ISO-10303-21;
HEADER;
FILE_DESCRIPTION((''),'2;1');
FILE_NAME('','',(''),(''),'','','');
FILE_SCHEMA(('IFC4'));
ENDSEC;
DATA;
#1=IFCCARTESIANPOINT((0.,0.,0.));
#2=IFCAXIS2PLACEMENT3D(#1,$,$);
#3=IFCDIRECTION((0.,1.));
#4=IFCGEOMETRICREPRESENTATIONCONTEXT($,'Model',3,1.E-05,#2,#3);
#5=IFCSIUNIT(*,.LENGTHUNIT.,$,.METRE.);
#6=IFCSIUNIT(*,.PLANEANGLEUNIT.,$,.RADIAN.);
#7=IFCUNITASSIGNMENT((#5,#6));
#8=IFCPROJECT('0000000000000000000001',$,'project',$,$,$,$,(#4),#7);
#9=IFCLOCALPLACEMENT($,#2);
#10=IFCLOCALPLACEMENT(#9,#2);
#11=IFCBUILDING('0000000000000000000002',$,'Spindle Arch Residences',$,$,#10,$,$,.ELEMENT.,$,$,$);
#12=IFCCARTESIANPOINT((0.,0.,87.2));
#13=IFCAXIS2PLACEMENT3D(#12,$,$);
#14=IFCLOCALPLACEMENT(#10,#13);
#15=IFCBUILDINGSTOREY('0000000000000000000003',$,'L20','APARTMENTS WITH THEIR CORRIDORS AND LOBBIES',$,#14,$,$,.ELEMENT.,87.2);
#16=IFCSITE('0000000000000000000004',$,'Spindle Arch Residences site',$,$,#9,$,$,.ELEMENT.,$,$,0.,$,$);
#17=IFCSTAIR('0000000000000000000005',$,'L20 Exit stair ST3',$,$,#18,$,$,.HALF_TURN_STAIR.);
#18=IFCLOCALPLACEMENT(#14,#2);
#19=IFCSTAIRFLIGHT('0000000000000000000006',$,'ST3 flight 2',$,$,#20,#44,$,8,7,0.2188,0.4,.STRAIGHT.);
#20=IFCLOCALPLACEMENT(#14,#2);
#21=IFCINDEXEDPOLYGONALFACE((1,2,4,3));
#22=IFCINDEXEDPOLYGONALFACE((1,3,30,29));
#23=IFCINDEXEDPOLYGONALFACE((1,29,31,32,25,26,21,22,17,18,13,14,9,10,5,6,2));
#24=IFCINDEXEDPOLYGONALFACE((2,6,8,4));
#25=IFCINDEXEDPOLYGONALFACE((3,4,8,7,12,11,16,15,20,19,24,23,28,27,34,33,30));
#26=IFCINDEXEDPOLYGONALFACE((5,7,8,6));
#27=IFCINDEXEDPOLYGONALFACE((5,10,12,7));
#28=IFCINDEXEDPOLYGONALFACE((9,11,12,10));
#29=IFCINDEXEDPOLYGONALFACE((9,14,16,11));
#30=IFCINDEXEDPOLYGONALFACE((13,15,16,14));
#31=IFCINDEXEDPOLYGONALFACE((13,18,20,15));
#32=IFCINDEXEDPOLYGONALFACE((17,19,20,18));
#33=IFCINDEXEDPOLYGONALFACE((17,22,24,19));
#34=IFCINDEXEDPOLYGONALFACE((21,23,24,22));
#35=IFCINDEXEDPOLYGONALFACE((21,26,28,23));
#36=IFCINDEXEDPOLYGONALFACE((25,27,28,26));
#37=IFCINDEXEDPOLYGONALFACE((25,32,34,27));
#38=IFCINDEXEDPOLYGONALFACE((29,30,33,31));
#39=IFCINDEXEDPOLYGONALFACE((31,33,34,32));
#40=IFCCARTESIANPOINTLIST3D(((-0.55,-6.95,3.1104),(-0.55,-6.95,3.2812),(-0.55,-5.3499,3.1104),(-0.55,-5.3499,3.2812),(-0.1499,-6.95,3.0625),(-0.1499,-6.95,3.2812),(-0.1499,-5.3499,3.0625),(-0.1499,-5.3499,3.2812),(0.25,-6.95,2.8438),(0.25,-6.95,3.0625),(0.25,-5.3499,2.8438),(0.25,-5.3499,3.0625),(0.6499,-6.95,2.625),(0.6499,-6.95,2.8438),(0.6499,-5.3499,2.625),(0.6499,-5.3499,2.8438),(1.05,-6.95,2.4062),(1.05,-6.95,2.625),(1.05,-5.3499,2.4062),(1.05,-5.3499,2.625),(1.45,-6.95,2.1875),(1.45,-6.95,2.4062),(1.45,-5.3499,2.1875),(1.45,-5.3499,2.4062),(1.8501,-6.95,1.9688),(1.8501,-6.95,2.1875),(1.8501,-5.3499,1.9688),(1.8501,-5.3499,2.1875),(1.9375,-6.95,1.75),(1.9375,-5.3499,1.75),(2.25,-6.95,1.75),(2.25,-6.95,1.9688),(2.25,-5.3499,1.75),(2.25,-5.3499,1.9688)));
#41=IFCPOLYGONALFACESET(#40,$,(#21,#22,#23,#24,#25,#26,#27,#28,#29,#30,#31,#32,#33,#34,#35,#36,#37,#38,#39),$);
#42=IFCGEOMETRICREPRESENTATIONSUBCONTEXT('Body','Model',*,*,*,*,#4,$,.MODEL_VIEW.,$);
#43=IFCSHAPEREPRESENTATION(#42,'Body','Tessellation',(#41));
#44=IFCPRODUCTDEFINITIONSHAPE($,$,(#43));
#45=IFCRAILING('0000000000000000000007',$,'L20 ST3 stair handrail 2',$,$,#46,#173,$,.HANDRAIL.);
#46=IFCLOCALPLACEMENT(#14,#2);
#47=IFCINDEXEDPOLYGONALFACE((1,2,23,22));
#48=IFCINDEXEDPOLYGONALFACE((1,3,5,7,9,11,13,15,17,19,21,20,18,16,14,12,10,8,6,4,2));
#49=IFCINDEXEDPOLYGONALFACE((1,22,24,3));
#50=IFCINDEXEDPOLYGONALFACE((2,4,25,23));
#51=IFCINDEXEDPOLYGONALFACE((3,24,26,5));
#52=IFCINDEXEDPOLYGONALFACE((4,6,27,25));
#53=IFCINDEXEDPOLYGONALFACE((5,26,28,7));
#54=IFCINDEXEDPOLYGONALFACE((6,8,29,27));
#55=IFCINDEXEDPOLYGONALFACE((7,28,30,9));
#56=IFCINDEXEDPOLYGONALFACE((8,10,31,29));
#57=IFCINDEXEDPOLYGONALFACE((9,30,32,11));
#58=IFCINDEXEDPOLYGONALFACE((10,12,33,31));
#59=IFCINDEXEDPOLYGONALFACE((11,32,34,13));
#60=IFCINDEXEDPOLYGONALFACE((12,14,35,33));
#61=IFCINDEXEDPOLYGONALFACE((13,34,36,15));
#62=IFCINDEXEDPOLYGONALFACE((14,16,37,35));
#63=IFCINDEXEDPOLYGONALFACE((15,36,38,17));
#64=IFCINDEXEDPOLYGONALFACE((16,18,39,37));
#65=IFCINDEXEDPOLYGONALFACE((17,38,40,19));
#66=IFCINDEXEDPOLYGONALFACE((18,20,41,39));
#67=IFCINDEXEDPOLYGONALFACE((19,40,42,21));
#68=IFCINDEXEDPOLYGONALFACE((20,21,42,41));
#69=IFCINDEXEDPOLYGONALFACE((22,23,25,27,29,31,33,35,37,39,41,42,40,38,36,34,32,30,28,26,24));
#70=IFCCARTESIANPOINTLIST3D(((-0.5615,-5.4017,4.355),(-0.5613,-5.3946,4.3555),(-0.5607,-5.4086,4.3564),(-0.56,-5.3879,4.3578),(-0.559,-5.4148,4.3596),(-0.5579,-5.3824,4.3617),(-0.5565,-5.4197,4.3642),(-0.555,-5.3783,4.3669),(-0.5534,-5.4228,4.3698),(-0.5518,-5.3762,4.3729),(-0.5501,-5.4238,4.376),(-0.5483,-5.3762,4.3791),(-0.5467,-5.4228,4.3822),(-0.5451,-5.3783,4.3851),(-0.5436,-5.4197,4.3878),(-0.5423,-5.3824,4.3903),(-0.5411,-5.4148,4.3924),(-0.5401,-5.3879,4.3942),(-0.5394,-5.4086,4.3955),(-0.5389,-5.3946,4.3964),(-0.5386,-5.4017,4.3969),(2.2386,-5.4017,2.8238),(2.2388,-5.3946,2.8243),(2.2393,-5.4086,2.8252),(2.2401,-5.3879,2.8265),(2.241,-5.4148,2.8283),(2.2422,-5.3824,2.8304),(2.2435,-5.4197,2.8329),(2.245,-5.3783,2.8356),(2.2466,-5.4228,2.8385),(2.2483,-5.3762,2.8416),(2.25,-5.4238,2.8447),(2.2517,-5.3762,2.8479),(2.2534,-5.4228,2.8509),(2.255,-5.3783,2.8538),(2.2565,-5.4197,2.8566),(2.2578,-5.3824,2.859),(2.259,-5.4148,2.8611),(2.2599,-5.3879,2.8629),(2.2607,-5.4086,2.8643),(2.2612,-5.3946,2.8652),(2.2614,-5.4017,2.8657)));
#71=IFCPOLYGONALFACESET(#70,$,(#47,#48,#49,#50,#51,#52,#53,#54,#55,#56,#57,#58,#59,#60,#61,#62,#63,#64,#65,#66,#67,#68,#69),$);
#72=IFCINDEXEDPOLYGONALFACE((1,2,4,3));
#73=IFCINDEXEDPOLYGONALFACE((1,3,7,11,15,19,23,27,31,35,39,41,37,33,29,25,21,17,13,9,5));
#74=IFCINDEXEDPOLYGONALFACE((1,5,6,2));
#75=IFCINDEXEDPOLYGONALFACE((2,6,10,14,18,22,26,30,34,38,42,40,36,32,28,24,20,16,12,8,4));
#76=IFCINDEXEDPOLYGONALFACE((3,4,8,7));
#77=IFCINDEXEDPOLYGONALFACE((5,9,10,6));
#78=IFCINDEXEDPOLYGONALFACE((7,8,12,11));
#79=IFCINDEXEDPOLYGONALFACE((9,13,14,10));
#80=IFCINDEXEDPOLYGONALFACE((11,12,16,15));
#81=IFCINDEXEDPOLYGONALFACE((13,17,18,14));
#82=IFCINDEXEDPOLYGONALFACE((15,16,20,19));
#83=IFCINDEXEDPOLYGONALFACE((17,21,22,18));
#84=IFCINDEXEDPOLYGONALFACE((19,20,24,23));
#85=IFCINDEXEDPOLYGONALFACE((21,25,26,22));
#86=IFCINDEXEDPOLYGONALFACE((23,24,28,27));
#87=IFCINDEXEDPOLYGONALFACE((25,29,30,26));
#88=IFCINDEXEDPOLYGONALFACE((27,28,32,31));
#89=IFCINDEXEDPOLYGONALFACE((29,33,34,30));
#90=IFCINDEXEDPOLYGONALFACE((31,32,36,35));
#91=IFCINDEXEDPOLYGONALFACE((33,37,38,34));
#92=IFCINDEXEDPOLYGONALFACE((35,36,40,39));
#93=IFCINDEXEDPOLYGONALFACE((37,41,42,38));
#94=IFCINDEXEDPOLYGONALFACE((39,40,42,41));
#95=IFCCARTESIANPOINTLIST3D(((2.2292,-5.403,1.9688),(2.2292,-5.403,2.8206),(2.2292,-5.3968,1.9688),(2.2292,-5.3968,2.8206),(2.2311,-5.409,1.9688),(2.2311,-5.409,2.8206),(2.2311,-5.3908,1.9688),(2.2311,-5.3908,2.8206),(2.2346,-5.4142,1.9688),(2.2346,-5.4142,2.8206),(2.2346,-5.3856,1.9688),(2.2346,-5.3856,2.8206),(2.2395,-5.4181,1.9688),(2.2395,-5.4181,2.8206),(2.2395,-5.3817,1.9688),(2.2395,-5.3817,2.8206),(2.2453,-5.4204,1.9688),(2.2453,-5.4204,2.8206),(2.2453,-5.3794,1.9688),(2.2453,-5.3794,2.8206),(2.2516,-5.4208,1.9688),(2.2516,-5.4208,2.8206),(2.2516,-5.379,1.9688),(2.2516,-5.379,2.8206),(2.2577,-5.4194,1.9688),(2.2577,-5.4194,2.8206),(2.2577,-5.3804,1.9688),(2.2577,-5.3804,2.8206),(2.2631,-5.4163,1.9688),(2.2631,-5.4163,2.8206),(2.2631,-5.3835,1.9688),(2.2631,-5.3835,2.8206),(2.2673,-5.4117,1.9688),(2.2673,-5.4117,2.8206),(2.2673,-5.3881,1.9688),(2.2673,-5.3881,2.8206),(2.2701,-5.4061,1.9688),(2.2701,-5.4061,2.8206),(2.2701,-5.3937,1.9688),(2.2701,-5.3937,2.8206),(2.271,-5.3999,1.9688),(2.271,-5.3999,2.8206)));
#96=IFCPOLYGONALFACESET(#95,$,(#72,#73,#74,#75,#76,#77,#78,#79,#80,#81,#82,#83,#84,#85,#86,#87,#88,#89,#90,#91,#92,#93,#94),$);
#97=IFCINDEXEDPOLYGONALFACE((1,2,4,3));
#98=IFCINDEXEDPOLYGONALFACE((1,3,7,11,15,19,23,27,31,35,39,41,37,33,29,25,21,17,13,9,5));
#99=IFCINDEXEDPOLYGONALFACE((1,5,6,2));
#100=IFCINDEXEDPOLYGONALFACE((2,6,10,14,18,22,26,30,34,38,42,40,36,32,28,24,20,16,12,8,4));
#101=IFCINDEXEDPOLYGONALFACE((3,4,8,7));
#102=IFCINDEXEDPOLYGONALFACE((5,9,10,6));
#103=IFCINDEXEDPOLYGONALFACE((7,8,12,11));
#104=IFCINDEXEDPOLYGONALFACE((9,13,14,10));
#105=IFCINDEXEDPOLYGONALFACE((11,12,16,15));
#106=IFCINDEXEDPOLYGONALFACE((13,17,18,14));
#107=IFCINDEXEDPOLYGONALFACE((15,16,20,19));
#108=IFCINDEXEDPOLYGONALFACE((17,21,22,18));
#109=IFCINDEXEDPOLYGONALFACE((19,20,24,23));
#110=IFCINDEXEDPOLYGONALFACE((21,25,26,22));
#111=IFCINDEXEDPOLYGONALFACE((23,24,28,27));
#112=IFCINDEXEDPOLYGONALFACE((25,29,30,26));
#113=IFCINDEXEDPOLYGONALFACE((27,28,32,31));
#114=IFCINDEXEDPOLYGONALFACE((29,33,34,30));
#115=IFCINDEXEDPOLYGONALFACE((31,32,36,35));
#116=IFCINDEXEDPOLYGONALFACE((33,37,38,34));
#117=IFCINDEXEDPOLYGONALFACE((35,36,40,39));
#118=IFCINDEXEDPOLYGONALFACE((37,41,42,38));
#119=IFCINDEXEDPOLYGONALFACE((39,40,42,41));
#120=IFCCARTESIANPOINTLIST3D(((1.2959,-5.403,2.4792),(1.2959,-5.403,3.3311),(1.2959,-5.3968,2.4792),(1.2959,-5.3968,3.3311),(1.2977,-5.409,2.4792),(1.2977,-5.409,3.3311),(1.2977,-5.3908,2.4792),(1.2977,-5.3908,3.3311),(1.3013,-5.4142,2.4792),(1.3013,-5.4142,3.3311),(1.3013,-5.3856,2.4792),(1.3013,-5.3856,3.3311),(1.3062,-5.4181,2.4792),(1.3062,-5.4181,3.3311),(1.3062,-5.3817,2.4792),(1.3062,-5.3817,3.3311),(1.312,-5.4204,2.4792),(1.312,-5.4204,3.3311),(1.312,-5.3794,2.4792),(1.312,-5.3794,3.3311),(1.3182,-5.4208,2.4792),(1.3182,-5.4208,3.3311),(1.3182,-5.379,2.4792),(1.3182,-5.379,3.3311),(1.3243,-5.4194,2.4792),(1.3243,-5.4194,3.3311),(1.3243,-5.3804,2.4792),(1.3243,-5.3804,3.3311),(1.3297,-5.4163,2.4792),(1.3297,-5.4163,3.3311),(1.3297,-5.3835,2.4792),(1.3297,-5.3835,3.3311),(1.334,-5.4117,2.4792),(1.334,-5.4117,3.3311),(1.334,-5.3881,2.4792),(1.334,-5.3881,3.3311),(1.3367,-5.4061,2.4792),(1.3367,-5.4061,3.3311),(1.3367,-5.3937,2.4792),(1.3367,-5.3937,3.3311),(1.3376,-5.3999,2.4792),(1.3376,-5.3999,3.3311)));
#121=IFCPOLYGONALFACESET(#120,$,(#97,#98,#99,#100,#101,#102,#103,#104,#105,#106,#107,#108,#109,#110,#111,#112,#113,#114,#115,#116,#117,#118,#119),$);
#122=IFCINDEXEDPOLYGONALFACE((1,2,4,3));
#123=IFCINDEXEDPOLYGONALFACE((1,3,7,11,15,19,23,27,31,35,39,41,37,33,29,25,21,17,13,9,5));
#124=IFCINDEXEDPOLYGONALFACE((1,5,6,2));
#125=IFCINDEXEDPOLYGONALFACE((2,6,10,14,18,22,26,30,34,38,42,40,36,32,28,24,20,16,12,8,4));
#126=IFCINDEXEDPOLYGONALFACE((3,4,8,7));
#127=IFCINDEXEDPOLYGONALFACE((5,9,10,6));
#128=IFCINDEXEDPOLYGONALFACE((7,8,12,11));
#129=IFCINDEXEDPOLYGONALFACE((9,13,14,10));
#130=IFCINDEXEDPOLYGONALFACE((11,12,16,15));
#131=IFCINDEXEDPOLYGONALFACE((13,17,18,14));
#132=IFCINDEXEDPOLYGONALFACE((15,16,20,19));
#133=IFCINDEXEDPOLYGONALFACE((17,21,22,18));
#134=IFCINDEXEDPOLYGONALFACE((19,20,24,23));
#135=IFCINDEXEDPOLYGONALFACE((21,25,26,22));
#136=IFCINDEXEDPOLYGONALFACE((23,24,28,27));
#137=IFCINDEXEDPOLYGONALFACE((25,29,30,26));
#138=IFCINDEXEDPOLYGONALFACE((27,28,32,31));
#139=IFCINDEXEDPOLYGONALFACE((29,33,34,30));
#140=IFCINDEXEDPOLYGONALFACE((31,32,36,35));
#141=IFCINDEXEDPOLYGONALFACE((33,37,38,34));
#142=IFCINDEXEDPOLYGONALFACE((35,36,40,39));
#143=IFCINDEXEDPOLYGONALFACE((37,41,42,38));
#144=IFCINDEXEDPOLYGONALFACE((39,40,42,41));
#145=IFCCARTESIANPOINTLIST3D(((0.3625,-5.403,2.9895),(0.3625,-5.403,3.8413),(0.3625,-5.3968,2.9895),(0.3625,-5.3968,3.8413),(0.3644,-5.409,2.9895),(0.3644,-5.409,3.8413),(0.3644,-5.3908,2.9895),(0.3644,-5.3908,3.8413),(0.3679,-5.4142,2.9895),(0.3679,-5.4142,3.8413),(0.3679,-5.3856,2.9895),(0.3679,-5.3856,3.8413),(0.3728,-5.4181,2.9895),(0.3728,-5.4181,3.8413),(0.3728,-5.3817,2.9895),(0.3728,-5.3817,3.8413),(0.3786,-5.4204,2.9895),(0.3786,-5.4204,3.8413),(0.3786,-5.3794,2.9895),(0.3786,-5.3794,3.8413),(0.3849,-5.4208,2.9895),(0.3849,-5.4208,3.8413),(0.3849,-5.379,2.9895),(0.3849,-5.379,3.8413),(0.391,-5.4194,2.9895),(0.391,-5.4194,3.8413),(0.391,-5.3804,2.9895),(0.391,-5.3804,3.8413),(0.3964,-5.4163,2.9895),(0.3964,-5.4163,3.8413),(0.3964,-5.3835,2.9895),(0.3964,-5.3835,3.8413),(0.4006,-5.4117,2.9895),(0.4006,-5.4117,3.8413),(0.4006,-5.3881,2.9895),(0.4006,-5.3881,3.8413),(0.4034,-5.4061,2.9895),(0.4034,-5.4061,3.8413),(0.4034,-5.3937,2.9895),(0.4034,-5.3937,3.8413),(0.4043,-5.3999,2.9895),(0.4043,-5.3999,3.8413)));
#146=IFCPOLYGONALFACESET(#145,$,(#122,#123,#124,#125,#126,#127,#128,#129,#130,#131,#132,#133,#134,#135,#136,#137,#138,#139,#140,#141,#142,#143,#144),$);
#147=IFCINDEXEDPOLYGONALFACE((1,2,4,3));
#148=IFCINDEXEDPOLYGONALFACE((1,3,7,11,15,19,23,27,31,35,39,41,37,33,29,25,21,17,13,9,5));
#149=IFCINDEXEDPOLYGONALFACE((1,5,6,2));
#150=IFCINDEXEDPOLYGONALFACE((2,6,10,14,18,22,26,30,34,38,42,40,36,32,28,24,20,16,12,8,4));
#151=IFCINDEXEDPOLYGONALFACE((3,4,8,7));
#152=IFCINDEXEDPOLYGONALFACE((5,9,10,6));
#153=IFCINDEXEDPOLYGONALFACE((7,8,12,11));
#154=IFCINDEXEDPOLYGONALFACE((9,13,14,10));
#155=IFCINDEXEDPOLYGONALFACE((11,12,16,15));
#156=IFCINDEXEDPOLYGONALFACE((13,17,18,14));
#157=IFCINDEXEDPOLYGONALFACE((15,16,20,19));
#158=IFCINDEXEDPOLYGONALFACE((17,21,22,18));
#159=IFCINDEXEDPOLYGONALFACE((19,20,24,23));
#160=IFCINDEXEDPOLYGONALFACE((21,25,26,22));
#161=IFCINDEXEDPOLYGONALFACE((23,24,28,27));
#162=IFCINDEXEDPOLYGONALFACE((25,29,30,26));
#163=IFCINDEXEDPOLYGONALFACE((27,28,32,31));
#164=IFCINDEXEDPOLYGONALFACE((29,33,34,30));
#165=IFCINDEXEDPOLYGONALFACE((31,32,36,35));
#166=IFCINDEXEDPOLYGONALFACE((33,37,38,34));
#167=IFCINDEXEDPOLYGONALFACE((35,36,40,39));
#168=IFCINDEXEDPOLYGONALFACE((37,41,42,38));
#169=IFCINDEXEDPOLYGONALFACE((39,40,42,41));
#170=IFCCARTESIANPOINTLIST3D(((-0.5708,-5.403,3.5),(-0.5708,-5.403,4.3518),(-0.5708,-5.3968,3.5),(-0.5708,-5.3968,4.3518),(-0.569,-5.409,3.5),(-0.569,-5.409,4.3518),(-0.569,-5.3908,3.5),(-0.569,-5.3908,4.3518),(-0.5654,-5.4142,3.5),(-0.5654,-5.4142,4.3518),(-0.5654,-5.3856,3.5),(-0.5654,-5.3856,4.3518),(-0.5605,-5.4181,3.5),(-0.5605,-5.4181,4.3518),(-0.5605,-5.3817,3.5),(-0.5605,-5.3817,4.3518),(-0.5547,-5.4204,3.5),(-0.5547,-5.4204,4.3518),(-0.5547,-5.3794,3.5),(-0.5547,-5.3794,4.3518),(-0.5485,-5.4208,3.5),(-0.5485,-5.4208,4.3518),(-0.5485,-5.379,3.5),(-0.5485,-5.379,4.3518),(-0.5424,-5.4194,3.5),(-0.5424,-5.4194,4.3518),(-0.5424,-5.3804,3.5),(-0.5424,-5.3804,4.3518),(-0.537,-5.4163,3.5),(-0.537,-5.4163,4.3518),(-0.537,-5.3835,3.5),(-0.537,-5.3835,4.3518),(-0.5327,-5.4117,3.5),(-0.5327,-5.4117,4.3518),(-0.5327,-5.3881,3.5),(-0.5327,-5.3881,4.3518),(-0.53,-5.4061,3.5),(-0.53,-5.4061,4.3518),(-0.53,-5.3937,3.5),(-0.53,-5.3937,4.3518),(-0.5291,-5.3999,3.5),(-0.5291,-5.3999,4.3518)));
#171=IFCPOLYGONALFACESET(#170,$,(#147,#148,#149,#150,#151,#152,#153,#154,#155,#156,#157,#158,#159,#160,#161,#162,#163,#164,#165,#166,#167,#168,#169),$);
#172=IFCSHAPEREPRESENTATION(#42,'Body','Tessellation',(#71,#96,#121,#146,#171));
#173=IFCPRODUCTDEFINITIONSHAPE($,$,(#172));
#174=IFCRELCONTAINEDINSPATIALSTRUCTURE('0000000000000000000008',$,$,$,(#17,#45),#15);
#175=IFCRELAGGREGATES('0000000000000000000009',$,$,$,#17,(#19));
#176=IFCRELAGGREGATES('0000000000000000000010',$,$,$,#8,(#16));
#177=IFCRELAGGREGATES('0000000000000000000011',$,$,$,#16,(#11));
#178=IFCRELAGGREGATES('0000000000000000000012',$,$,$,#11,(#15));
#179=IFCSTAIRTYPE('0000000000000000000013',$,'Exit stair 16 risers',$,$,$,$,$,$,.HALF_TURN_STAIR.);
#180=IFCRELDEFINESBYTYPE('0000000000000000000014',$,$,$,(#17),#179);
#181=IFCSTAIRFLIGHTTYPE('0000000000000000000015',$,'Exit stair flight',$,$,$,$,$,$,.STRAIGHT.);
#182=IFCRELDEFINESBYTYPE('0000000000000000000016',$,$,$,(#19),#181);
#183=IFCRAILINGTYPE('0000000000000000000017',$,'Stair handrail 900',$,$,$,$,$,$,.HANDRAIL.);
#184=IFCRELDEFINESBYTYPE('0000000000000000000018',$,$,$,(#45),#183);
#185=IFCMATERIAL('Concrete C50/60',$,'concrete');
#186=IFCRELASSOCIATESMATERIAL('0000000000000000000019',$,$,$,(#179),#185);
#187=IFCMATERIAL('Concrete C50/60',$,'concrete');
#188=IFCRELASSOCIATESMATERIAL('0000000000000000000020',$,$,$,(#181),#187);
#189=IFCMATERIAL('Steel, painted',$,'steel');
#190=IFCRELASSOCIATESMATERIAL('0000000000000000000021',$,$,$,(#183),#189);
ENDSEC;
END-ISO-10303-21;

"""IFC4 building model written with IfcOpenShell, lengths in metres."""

from ifc_helpers import new_model, si_unit, direction, frame, origin, origin_2d, place, context, subcontext, project, spatial, polyline, circle, outline, extrude, material, type_object, element, aggregate, save


model = new_model("IFC4")

# Units and contexts
model_context = context("Model", 3, precision=1e-05, world=origin(), true_north=direction((0.0, 1.0)))
body_context = subcontext(model_context, "Body", "Model", "MODEL_VIEW")
ifc_project = project(units=[si_unit("LENGTHUNIT", "METRE"), si_unit("PLANEANGLEUNIT", "RADIAN")], contexts=[model_context])

# Site, building, storey
site_placement = place(None, origin())
site = spatial("IfcSite", under=ifc_project, at=site_placement, Name="Spindle Arch Residences site", CompositionType="ELEMENT", RefElevation=0.0)
building_placement = place(site_placement, origin())
building = spatial("IfcBuilding", under=site, at=building_placement, Name="Spindle Arch Residences", CompositionType="ELEMENT")
storey_placement = place(building_placement, frame((0.0, 0.0, 87.2)))
storey = spatial("IfcBuildingStorey", under=building, at=storey_placement, Name="L20", Description="APARTMENTS WITH THEIR CORRIDORS AND LOBBIES", CompositionType="ELEMENT", Elevation=87.2)

# Stair, stair flight
ifc_material_1 = material(Name="Concrete C50/60", Category="concrete")
stair_type = type_object("IfcStairType", Name="Exit stair 16 risers", PredefinedType="HALF_TURN_STAIR", material=ifc_material_1)
stair_placement = place(storey_placement, origin())
stair = element("IfcStair", 1, at=stair_placement, inside=storey, type_object=stair_type, Name="L20 Exit stair ST3", PredefinedType="HALF_TURN_STAIR")
ifc_material_2 = material(Name="Concrete C50/60", Category="concrete")
stair_flight_type = type_object("IfcStairFlightType", Name="Exit stair flight", PredefinedType="STRAIGHT", material=ifc_material_2)
stair_flight_placement = place(storey_placement, frame((2.25, -6.1499, 1.75), z_axis=(0.0, 0.0, 1.0), x_axis=(-1.0, 0.0, 0.0)))
stair_flight = element("IfcStairFlight", 2, at=stair_flight_placement, type_object=stair_flight_type, Name="ST3 flight 2", NumberOfRisers=8, NumberOfTreads=7, PredefinedType="STRAIGHT", RiserHeight=0.2188, TreadLength=0.4, context=body_context, shape_type="SweptSolid", body=[
    extrude(outline(polyline([(0.0, 0.0), (0.0, 0.2188), (0.3999, 0.2188), (0.3999, 0.4375), (0.8, 0.4375), (0.8, 0.6562), (1.2, 0.6562), (1.2, 0.875), (1.6001, 0.875), (1.6001, 1.0938), (2.0, 1.0938), (2.0, 1.3125), (2.3999, 1.3125), (2.3999, 1.5312), (2.8, 1.5312), (2.8, 1.75), (2.8, 1.3604), (0.3125, 0.0), (0.0, 0.0)])), frame((0.0, 0.8, 0.0), z_axis=(0.0, -1.0, 0.0), x_axis=(1.0, 0.0, 0.0)), (0.0, 0.0, 1.0), 1.6001),
])
aggregate(stair, [stair_flight])

# Railing
ifc_material_3 = material(Name="Steel, painted", Category="steel")
railing_type = type_object("IfcRailingType", Name="Stair handrail 900", PredefinedType="HANDRAIL", material=ifc_material_3)
railing_placement = place(storey_placement, frame((2.25, -5.3999, 1.9688)))
element("IfcRailing", 3, at=railing_placement, inside=storey, type_object=railing_type, Name="L20 ST3 stair handrail 2", PredefinedType="HANDRAIL", context=body_context, shape_type="SweptSolid", body=[
    extrude(circle(Radius=0.0239, at=origin_2d()), frame((0.0, 0.0, 0.876), z_axis=(-0.877375, 0.0, 0.479806), x_axis=(0.0, -1.0, 0.0)), (0.0, 0.0, 1.0), 3.1914),
    extrude(circle(Radius=0.021, at=origin_2d()), origin(), (0.0, 0.0, 1.0), 0.8518),
    extrude(circle(Radius=0.021, at=origin_2d()), frame((-0.9333, 0.0, 0.5105)), (0.0, 0.0, 1.0), 0.8518),
    extrude(circle(Radius=0.021, at=origin_2d()), frame((-1.8667, 0.0, 1.0208)), (0.0, 0.0, 1.0), 0.8518),
    extrude(circle(Radius=0.021, at=origin_2d()), frame((-2.8, 0.0, 1.5312)), (0.0, 0.0, 1.0), 0.8518),
])

save(model, "model.ifc")
